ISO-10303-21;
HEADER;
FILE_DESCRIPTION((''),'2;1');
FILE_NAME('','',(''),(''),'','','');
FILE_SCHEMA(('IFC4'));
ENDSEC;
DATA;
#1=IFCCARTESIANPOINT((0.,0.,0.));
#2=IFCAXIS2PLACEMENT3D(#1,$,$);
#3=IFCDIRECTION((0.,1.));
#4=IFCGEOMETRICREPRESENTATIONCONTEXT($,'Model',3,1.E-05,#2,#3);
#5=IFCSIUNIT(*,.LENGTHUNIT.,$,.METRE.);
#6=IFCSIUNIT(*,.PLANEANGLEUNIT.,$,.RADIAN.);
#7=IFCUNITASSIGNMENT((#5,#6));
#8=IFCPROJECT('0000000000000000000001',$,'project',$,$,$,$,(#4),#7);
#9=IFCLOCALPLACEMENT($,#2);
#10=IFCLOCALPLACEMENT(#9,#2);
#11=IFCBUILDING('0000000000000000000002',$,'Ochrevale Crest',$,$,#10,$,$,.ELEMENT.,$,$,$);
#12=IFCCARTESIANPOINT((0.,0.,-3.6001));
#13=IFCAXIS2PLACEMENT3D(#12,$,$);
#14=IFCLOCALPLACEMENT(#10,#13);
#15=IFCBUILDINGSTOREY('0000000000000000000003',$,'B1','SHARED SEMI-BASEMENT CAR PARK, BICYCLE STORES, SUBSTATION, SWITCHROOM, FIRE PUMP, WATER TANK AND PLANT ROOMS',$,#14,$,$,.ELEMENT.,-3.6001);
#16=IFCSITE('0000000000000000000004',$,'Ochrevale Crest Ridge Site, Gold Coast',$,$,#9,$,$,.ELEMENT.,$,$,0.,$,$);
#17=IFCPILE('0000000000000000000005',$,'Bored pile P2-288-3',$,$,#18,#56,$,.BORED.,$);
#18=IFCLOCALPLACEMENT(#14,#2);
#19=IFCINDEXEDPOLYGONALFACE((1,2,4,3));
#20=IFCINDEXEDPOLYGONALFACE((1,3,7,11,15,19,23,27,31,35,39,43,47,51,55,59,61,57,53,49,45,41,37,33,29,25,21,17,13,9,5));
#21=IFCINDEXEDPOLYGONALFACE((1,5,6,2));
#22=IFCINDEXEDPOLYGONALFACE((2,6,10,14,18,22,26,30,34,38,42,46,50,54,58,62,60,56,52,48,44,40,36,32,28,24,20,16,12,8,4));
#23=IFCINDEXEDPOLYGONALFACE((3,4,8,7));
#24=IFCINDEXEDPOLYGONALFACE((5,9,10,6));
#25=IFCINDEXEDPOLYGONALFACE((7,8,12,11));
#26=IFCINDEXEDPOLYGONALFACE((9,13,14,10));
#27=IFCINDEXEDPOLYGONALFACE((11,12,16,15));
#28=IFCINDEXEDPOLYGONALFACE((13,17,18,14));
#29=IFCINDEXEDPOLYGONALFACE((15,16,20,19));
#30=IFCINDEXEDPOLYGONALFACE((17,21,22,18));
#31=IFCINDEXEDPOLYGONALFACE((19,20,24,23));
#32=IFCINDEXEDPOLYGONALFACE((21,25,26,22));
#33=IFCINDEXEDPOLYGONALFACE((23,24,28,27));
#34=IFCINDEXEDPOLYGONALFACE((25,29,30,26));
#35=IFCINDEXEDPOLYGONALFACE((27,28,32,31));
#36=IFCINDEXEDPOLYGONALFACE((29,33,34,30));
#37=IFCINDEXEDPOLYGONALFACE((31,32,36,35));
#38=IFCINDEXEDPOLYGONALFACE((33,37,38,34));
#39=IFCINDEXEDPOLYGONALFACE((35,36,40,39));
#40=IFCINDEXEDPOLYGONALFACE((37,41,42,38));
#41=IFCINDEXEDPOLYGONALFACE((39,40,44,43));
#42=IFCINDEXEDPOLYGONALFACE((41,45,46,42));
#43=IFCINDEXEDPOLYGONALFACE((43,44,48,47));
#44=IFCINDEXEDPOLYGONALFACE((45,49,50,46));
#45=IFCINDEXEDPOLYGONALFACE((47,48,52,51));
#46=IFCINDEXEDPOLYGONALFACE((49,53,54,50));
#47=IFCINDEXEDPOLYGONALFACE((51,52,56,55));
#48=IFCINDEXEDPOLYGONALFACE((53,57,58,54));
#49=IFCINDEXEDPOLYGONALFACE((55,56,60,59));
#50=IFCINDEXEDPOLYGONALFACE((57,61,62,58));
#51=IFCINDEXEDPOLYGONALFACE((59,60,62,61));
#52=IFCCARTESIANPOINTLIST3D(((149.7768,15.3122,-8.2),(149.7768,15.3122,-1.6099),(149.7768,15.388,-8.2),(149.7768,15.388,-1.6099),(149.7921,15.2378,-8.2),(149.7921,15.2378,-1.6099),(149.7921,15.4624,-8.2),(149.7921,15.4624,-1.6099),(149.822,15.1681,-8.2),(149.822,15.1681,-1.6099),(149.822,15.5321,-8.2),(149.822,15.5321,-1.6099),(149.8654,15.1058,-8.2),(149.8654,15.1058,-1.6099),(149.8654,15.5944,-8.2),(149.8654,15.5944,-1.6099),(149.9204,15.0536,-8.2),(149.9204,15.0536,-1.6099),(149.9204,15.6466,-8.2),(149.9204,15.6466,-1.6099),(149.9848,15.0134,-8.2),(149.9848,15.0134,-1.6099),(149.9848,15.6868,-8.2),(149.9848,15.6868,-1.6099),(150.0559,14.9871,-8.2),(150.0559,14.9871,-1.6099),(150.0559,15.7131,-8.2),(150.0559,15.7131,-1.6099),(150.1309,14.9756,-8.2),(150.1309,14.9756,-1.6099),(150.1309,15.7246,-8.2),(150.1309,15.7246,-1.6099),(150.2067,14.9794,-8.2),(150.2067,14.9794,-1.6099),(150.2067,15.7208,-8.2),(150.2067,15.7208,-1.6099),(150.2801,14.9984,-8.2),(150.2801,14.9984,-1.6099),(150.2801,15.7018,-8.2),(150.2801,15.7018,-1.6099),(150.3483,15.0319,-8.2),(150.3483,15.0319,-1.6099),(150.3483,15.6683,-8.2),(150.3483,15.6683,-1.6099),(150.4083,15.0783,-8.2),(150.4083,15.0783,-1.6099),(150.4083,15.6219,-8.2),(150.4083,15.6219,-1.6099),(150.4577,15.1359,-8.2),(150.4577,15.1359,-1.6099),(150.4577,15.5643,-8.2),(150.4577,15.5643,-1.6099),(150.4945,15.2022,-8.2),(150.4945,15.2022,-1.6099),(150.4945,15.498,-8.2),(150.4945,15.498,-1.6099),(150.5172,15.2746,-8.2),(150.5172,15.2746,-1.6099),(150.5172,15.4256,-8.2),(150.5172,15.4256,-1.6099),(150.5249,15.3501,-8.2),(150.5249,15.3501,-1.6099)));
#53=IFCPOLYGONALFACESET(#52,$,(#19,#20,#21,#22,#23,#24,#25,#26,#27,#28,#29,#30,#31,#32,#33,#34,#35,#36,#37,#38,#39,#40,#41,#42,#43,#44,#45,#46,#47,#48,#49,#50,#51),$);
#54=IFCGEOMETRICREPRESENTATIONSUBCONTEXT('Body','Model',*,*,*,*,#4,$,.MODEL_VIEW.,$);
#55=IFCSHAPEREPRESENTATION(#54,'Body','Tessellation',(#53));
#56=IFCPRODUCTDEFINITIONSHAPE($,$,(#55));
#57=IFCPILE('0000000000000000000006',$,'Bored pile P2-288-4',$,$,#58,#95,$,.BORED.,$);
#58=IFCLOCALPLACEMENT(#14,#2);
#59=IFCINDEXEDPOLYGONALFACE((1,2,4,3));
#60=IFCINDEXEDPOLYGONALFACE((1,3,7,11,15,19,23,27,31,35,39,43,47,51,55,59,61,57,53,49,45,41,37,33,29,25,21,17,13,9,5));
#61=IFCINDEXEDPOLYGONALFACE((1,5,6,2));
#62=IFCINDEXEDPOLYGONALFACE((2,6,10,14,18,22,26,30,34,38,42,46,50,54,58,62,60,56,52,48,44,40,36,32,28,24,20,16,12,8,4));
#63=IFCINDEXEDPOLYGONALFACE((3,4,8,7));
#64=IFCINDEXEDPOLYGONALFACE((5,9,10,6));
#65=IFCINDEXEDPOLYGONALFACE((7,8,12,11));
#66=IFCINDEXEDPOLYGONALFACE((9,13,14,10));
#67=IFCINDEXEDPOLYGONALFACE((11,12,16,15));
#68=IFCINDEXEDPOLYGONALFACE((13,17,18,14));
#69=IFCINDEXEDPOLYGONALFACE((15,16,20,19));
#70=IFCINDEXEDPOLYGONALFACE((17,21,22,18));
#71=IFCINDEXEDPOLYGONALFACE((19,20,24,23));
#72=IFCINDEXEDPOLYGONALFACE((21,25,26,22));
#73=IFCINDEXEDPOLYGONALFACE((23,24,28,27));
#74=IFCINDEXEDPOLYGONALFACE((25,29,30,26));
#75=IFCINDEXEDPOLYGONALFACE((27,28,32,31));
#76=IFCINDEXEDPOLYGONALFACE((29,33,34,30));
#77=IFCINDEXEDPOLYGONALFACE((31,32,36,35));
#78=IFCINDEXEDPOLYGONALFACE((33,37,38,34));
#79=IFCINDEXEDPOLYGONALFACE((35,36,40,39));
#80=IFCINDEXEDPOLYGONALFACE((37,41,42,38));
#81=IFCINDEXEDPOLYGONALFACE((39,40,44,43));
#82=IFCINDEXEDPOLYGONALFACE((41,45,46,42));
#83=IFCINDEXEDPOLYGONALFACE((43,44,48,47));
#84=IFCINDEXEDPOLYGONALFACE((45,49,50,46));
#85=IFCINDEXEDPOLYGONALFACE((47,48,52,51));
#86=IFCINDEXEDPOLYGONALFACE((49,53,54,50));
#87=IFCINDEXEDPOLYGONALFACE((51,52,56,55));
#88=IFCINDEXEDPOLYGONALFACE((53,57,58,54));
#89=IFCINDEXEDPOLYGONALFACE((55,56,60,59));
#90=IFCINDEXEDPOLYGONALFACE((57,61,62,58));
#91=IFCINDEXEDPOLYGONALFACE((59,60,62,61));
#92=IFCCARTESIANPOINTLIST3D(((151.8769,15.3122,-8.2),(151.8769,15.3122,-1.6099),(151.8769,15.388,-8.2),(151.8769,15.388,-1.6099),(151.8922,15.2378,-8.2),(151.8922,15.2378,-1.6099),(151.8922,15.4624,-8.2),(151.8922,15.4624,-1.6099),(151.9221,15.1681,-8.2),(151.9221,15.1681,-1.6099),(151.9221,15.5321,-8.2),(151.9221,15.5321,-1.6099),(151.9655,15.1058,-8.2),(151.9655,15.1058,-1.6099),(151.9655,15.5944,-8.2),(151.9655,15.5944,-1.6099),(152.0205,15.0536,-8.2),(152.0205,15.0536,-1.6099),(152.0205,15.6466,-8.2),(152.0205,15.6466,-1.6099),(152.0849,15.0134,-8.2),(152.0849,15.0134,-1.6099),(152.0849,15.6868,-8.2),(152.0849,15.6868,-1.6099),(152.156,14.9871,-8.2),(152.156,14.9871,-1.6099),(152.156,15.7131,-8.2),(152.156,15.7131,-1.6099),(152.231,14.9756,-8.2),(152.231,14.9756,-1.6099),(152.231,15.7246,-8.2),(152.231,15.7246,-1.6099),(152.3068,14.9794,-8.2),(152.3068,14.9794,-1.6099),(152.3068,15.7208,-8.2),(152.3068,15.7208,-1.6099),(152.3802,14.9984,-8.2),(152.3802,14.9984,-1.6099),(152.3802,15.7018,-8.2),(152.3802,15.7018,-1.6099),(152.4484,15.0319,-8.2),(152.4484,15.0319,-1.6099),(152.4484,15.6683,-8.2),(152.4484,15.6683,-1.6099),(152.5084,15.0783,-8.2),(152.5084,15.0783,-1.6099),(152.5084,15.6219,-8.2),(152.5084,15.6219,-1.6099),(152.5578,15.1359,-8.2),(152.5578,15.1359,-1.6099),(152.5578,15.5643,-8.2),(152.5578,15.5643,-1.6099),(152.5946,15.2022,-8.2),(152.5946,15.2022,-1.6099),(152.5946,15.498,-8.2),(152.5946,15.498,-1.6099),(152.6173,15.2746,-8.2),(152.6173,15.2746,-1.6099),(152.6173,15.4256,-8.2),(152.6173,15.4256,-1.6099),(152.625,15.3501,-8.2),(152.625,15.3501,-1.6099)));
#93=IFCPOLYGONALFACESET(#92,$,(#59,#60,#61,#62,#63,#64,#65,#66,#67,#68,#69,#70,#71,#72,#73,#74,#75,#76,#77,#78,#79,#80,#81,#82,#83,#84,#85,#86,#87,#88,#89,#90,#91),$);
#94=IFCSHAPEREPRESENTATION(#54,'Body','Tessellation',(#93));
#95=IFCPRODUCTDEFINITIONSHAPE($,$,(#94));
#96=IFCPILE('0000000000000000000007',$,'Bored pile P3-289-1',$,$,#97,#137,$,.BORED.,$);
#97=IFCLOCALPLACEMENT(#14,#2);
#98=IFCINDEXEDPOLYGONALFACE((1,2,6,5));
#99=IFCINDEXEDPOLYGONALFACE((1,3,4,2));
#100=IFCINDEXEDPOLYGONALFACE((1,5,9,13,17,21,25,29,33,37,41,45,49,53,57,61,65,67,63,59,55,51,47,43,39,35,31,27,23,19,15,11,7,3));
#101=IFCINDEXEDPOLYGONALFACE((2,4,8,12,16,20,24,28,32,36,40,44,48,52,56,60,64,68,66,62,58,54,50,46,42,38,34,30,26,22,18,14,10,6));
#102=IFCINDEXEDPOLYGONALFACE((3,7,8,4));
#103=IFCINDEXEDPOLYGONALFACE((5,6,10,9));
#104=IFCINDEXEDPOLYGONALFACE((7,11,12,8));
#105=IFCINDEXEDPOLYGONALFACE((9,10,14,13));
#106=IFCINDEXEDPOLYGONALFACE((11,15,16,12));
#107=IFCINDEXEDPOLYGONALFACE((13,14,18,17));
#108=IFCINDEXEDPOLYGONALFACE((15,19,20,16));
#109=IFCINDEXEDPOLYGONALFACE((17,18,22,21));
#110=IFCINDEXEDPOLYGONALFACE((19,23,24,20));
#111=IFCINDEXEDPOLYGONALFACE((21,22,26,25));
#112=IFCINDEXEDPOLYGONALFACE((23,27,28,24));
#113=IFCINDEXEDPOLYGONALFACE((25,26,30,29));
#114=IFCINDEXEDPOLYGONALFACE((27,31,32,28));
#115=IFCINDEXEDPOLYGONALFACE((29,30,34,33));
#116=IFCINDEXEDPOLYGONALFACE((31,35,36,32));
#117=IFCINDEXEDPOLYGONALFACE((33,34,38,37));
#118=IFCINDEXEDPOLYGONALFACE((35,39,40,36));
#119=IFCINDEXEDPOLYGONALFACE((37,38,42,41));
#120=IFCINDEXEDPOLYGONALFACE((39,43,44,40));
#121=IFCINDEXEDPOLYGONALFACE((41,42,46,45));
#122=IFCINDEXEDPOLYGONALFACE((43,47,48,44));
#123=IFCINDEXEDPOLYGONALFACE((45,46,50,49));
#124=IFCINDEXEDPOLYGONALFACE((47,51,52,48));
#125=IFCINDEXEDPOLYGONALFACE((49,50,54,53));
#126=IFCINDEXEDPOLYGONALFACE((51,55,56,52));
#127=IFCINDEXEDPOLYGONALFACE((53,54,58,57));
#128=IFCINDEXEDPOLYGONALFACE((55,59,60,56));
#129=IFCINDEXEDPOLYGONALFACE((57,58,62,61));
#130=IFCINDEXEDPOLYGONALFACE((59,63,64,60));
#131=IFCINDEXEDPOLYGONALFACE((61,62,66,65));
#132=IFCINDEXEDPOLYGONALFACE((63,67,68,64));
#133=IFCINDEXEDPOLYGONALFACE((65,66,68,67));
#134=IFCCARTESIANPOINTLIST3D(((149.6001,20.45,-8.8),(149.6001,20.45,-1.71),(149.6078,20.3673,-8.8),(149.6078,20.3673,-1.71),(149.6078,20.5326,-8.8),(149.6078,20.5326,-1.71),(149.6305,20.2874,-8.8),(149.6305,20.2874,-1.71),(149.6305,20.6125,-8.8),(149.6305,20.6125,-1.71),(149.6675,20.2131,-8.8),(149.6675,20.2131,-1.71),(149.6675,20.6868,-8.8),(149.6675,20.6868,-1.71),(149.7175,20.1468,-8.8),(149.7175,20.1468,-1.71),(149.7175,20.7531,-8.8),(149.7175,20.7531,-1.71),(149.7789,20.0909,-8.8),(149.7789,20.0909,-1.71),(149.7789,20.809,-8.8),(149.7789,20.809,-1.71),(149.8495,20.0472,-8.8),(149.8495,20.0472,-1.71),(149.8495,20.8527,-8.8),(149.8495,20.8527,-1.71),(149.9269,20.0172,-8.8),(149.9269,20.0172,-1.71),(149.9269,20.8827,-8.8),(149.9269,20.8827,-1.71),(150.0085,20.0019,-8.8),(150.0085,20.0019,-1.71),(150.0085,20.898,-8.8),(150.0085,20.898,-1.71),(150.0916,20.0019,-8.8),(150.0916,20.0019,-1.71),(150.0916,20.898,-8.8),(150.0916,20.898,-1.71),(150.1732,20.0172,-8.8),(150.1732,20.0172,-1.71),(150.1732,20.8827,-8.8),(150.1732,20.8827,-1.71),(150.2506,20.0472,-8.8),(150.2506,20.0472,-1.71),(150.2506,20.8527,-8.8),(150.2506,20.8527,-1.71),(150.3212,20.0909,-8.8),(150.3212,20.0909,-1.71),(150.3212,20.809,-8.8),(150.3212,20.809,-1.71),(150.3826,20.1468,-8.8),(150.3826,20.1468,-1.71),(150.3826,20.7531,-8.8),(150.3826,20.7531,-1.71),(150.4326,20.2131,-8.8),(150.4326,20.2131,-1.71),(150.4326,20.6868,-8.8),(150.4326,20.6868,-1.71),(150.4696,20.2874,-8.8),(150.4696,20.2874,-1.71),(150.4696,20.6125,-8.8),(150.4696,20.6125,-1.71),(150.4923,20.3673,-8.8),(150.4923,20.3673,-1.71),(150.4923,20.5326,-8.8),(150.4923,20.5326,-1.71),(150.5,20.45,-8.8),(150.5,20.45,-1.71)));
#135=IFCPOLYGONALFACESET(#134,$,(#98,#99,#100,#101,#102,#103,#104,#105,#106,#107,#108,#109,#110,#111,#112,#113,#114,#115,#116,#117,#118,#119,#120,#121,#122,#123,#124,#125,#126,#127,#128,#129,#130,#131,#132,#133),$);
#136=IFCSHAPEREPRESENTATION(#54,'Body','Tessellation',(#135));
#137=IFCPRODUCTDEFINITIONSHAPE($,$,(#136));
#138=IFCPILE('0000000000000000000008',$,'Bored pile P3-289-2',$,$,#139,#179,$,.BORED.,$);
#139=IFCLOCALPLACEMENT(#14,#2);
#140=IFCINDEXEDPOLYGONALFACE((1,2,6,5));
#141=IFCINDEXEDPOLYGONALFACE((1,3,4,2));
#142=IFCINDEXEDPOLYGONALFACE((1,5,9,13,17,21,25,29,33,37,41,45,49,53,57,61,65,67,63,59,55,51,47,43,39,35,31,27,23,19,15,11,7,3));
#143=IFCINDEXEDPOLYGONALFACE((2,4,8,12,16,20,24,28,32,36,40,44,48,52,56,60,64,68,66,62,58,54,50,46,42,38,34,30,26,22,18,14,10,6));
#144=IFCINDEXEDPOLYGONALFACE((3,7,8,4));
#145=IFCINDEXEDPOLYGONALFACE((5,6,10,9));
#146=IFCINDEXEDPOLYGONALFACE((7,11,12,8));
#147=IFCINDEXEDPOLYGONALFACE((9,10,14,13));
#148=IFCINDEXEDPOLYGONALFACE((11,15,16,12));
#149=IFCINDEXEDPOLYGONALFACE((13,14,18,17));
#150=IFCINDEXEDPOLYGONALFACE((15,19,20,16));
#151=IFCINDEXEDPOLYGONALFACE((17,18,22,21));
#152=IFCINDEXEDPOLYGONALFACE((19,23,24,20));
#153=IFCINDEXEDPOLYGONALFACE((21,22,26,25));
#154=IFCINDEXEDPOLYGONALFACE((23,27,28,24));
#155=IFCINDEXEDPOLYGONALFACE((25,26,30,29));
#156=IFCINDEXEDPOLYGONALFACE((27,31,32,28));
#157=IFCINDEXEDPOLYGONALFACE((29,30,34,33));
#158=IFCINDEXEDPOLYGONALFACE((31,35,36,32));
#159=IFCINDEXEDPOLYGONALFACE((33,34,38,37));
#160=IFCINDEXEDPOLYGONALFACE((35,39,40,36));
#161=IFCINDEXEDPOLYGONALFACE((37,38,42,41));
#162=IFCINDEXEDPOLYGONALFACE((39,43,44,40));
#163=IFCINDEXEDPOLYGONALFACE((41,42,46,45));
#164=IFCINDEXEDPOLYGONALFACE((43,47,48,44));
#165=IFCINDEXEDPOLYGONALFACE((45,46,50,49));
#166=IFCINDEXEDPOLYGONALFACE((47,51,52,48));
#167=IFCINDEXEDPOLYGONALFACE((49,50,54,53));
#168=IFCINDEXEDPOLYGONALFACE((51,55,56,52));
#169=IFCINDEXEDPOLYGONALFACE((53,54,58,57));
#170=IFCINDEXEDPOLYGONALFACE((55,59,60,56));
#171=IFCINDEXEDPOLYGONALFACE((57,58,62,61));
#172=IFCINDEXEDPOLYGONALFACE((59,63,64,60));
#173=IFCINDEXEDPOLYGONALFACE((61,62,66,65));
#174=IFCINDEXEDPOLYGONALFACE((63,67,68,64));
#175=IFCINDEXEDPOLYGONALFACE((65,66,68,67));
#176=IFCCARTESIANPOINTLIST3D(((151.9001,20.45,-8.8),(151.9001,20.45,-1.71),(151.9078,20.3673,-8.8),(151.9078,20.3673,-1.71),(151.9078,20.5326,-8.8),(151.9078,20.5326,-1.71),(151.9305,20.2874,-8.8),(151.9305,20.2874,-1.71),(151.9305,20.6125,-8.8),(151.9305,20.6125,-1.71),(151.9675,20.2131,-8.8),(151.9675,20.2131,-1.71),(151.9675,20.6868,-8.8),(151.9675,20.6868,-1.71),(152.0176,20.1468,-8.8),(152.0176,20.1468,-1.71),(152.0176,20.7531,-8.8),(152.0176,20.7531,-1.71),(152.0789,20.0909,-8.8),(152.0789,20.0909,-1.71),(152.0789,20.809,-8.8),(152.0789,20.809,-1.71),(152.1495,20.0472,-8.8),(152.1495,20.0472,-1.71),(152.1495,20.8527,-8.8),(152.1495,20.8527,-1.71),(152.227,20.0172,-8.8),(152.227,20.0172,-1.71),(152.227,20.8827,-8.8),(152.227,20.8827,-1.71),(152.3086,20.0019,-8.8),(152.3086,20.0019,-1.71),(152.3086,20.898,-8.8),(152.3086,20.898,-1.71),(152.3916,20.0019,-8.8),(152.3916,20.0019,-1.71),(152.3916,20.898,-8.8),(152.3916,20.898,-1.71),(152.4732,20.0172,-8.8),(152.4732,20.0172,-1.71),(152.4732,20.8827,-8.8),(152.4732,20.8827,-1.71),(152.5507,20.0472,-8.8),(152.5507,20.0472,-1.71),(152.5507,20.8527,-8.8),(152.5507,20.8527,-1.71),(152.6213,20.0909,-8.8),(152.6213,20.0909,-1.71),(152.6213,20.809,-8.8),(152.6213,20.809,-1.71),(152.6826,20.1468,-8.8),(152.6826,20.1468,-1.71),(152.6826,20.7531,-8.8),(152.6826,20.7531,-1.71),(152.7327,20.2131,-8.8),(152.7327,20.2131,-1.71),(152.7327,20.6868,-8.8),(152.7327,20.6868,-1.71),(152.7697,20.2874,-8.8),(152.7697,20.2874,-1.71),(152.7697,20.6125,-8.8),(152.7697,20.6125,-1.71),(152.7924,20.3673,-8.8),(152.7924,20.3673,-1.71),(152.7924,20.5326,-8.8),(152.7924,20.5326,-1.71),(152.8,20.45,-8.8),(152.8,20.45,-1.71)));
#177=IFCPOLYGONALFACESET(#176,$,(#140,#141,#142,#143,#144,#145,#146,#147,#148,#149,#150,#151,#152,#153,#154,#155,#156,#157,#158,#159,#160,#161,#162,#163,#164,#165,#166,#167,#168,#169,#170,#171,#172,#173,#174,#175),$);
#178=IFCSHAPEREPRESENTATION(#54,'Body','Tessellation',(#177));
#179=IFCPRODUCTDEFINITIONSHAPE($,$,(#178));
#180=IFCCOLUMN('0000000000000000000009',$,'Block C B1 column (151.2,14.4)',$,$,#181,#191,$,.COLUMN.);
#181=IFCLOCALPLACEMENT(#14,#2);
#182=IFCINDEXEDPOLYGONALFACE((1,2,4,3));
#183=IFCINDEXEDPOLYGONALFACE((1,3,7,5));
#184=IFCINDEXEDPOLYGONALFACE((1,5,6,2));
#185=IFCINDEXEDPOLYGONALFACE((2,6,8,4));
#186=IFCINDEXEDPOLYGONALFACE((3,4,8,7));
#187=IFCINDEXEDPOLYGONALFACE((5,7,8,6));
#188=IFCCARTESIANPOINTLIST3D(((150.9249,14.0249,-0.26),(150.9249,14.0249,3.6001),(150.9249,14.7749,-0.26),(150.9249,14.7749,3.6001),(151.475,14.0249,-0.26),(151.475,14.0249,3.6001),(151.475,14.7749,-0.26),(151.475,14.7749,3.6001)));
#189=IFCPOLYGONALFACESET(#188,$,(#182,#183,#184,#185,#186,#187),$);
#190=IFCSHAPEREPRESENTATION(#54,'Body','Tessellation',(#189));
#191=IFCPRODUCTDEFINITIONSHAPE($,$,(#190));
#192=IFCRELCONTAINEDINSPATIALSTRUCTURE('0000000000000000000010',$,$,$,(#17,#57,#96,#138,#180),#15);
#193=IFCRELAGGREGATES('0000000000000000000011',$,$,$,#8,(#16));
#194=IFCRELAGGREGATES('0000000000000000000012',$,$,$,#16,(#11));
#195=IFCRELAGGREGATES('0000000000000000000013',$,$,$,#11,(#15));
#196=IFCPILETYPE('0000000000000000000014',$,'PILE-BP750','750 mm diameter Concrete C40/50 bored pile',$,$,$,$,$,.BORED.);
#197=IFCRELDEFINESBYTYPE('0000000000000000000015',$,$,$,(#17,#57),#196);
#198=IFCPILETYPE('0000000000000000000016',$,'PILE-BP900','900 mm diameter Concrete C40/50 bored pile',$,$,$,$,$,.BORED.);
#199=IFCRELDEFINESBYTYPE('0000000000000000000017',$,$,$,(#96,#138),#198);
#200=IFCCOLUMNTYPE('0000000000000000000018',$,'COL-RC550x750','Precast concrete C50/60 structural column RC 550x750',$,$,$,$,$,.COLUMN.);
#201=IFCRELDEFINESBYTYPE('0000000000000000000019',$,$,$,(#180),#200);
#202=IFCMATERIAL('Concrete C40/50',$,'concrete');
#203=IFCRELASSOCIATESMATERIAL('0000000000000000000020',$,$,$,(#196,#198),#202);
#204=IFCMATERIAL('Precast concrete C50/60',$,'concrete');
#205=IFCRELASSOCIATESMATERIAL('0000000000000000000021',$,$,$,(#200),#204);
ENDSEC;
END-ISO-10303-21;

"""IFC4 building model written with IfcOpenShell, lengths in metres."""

from ifc_helpers import new_model, si_unit, direction, frame, origin, origin_2d, place, context, subcontext, project, spatial, rectangle, circle, extrude, material, material_profile, profile_set, type_object, element, save


model = new_model("IFC4")

# Units and contexts
model_context = context("Model", 3, precision=1e-05, world=origin(), true_north=direction((0.0, 1.0)))
body_context = subcontext(model_context, "Body", "Model", "MODEL_VIEW")
ifc_project = project(units=[si_unit("LENGTHUNIT", "METRE"), si_unit("PLANEANGLEUNIT", "RADIAN")], contexts=[model_context])

# Site, building, storey
site_placement = place(None, origin())
site = spatial("IfcSite", under=ifc_project, at=site_placement, Name="Ochrevale Crest Ridge Site, Gold Coast", CompositionType="ELEMENT", RefElevation=0.0)
building_placement = place(site_placement, origin())
building = spatial("IfcBuilding", under=site, at=building_placement, Name="Ochrevale Crest", CompositionType="ELEMENT")
storey_placement = place(building_placement, frame((0.0, 0.0, -3.6001)))
storey = spatial("IfcBuildingStorey", under=building, at=storey_placement, Name="B1", Description="SHARED SEMI-BASEMENT CAR PARK, BICYCLE STORES, SUBSTATION, SWITCHROOM, FIRE PUMP, WATER TANK AND PLANT ROOMS", CompositionType="ELEMENT", Elevation=-3.6001)

# Shared definitions
ifc_material_1 = material(Name="Concrete C40/50", Category="concrete")

# Piles
ifc_material_profile_1 = material_profile(ifc_material_1, circle(Radius=0.375, at=origin_2d()), Name="BORED PILE 750")
ifc_profile_set_1 = profile_set([ifc_material_profile_1], Name="Concrete C40/50")
pile_type_1 = type_object("IfcPileType", Name="PILE-BP750", Description="750 mm diameter Concrete C40/50 bored pile", PredefinedType="BORED", material=ifc_profile_set_1)
for number, where, z_axis, x_axis, name in (
    (1, (150.1499, 15.3501, -1.6099), (0.0, 0.0, -1.0), (1.0, 0.0, 0.0), "Bored pile P2-288-3"),
    (2, (152.25, 15.3501, -1.6099), (0.0, 0.0, -1.0), (1.0, 0.0, 0.0), "Bored pile P2-288-4"),
):
    element("IfcPile", number, at=place(storey_placement, frame(where, z_axis=z_axis, x_axis=x_axis)), inside=storey, type_object=pile_type_1, Name=name, PredefinedType="BORED", context=body_context, shape_type="SweptSolid", body=[
        extrude(circle(Radius=0.375, at=origin_2d()), origin(), (0.0, 0.0, 1.0), 6.5901),
    ])
ifc_material_profile_2 = material_profile(ifc_material_1, circle(Radius=0.45, at=origin_2d()), Name="BORED PILE 900")
ifc_profile_set_2 = profile_set([ifc_material_profile_2], Name="Concrete C40/50")
pile_type_2 = type_object("IfcPileType", Name="PILE-BP900", Description="900 mm diameter Concrete C40/50 bored pile", PredefinedType="BORED", material=ifc_profile_set_2)
for number, where, z_axis, x_axis, name in (
    (3, (150.05, 20.45, -1.71), (0.0, 0.0, -1.0), (1.0, 0.0, 0.0), "Bored pile P3-289-1"),
    (4, (152.3501, 20.45, -1.71), (0.0, 0.0, -1.0), (1.0, 0.0, 0.0), "Bored pile P3-289-2"),
):
    element("IfcPile", number, at=place(storey_placement, frame(where, z_axis=z_axis, x_axis=x_axis)), inside=storey, type_object=pile_type_2, Name=name, PredefinedType="BORED", context=body_context, shape_type="SweptSolid", body=[
        extrude(circle(Radius=0.45, at=origin_2d()), origin(), (0.0, 0.0, 1.0), 7.0901),
    ])

# Column
ifc_material_2 = material(Name="Precast concrete C50/60", Category="concrete")
ifc_material_profile_3 = material_profile(ifc_material_2, rectangle(XDim=0.55, YDim=0.75, at=origin_2d()), Name="RC 550x750")
ifc_profile_set_3 = profile_set([ifc_material_profile_3], Name="Precast concrete C50/60")
column_type_1 = type_object("IfcColumnType", Name="COL-RC550x750", Description="Precast concrete C50/60 structural column RC 550x750", PredefinedType="COLUMN", material=ifc_profile_set_3)
column_1_placement = place(storey_placement, frame((151.2, 14.3999, -0.26), z_axis=(0.0, 0.0, 1.0), x_axis=(1.0, 0.0, 0.0)))
element("IfcColumn", 5, at=column_1_placement, inside=storey, type_object=column_type_1, Name="Block C B1 column (151.2,14.4)", PredefinedType="COLUMN", context=body_context, shape_type="SweptSolid", body=[
    extrude(rectangle(XDim=0.55, YDim=0.75, at=origin_2d()), origin(), (0.0, 0.0, 1.0), 3.8601),
])

save(model, "model.ifc")
